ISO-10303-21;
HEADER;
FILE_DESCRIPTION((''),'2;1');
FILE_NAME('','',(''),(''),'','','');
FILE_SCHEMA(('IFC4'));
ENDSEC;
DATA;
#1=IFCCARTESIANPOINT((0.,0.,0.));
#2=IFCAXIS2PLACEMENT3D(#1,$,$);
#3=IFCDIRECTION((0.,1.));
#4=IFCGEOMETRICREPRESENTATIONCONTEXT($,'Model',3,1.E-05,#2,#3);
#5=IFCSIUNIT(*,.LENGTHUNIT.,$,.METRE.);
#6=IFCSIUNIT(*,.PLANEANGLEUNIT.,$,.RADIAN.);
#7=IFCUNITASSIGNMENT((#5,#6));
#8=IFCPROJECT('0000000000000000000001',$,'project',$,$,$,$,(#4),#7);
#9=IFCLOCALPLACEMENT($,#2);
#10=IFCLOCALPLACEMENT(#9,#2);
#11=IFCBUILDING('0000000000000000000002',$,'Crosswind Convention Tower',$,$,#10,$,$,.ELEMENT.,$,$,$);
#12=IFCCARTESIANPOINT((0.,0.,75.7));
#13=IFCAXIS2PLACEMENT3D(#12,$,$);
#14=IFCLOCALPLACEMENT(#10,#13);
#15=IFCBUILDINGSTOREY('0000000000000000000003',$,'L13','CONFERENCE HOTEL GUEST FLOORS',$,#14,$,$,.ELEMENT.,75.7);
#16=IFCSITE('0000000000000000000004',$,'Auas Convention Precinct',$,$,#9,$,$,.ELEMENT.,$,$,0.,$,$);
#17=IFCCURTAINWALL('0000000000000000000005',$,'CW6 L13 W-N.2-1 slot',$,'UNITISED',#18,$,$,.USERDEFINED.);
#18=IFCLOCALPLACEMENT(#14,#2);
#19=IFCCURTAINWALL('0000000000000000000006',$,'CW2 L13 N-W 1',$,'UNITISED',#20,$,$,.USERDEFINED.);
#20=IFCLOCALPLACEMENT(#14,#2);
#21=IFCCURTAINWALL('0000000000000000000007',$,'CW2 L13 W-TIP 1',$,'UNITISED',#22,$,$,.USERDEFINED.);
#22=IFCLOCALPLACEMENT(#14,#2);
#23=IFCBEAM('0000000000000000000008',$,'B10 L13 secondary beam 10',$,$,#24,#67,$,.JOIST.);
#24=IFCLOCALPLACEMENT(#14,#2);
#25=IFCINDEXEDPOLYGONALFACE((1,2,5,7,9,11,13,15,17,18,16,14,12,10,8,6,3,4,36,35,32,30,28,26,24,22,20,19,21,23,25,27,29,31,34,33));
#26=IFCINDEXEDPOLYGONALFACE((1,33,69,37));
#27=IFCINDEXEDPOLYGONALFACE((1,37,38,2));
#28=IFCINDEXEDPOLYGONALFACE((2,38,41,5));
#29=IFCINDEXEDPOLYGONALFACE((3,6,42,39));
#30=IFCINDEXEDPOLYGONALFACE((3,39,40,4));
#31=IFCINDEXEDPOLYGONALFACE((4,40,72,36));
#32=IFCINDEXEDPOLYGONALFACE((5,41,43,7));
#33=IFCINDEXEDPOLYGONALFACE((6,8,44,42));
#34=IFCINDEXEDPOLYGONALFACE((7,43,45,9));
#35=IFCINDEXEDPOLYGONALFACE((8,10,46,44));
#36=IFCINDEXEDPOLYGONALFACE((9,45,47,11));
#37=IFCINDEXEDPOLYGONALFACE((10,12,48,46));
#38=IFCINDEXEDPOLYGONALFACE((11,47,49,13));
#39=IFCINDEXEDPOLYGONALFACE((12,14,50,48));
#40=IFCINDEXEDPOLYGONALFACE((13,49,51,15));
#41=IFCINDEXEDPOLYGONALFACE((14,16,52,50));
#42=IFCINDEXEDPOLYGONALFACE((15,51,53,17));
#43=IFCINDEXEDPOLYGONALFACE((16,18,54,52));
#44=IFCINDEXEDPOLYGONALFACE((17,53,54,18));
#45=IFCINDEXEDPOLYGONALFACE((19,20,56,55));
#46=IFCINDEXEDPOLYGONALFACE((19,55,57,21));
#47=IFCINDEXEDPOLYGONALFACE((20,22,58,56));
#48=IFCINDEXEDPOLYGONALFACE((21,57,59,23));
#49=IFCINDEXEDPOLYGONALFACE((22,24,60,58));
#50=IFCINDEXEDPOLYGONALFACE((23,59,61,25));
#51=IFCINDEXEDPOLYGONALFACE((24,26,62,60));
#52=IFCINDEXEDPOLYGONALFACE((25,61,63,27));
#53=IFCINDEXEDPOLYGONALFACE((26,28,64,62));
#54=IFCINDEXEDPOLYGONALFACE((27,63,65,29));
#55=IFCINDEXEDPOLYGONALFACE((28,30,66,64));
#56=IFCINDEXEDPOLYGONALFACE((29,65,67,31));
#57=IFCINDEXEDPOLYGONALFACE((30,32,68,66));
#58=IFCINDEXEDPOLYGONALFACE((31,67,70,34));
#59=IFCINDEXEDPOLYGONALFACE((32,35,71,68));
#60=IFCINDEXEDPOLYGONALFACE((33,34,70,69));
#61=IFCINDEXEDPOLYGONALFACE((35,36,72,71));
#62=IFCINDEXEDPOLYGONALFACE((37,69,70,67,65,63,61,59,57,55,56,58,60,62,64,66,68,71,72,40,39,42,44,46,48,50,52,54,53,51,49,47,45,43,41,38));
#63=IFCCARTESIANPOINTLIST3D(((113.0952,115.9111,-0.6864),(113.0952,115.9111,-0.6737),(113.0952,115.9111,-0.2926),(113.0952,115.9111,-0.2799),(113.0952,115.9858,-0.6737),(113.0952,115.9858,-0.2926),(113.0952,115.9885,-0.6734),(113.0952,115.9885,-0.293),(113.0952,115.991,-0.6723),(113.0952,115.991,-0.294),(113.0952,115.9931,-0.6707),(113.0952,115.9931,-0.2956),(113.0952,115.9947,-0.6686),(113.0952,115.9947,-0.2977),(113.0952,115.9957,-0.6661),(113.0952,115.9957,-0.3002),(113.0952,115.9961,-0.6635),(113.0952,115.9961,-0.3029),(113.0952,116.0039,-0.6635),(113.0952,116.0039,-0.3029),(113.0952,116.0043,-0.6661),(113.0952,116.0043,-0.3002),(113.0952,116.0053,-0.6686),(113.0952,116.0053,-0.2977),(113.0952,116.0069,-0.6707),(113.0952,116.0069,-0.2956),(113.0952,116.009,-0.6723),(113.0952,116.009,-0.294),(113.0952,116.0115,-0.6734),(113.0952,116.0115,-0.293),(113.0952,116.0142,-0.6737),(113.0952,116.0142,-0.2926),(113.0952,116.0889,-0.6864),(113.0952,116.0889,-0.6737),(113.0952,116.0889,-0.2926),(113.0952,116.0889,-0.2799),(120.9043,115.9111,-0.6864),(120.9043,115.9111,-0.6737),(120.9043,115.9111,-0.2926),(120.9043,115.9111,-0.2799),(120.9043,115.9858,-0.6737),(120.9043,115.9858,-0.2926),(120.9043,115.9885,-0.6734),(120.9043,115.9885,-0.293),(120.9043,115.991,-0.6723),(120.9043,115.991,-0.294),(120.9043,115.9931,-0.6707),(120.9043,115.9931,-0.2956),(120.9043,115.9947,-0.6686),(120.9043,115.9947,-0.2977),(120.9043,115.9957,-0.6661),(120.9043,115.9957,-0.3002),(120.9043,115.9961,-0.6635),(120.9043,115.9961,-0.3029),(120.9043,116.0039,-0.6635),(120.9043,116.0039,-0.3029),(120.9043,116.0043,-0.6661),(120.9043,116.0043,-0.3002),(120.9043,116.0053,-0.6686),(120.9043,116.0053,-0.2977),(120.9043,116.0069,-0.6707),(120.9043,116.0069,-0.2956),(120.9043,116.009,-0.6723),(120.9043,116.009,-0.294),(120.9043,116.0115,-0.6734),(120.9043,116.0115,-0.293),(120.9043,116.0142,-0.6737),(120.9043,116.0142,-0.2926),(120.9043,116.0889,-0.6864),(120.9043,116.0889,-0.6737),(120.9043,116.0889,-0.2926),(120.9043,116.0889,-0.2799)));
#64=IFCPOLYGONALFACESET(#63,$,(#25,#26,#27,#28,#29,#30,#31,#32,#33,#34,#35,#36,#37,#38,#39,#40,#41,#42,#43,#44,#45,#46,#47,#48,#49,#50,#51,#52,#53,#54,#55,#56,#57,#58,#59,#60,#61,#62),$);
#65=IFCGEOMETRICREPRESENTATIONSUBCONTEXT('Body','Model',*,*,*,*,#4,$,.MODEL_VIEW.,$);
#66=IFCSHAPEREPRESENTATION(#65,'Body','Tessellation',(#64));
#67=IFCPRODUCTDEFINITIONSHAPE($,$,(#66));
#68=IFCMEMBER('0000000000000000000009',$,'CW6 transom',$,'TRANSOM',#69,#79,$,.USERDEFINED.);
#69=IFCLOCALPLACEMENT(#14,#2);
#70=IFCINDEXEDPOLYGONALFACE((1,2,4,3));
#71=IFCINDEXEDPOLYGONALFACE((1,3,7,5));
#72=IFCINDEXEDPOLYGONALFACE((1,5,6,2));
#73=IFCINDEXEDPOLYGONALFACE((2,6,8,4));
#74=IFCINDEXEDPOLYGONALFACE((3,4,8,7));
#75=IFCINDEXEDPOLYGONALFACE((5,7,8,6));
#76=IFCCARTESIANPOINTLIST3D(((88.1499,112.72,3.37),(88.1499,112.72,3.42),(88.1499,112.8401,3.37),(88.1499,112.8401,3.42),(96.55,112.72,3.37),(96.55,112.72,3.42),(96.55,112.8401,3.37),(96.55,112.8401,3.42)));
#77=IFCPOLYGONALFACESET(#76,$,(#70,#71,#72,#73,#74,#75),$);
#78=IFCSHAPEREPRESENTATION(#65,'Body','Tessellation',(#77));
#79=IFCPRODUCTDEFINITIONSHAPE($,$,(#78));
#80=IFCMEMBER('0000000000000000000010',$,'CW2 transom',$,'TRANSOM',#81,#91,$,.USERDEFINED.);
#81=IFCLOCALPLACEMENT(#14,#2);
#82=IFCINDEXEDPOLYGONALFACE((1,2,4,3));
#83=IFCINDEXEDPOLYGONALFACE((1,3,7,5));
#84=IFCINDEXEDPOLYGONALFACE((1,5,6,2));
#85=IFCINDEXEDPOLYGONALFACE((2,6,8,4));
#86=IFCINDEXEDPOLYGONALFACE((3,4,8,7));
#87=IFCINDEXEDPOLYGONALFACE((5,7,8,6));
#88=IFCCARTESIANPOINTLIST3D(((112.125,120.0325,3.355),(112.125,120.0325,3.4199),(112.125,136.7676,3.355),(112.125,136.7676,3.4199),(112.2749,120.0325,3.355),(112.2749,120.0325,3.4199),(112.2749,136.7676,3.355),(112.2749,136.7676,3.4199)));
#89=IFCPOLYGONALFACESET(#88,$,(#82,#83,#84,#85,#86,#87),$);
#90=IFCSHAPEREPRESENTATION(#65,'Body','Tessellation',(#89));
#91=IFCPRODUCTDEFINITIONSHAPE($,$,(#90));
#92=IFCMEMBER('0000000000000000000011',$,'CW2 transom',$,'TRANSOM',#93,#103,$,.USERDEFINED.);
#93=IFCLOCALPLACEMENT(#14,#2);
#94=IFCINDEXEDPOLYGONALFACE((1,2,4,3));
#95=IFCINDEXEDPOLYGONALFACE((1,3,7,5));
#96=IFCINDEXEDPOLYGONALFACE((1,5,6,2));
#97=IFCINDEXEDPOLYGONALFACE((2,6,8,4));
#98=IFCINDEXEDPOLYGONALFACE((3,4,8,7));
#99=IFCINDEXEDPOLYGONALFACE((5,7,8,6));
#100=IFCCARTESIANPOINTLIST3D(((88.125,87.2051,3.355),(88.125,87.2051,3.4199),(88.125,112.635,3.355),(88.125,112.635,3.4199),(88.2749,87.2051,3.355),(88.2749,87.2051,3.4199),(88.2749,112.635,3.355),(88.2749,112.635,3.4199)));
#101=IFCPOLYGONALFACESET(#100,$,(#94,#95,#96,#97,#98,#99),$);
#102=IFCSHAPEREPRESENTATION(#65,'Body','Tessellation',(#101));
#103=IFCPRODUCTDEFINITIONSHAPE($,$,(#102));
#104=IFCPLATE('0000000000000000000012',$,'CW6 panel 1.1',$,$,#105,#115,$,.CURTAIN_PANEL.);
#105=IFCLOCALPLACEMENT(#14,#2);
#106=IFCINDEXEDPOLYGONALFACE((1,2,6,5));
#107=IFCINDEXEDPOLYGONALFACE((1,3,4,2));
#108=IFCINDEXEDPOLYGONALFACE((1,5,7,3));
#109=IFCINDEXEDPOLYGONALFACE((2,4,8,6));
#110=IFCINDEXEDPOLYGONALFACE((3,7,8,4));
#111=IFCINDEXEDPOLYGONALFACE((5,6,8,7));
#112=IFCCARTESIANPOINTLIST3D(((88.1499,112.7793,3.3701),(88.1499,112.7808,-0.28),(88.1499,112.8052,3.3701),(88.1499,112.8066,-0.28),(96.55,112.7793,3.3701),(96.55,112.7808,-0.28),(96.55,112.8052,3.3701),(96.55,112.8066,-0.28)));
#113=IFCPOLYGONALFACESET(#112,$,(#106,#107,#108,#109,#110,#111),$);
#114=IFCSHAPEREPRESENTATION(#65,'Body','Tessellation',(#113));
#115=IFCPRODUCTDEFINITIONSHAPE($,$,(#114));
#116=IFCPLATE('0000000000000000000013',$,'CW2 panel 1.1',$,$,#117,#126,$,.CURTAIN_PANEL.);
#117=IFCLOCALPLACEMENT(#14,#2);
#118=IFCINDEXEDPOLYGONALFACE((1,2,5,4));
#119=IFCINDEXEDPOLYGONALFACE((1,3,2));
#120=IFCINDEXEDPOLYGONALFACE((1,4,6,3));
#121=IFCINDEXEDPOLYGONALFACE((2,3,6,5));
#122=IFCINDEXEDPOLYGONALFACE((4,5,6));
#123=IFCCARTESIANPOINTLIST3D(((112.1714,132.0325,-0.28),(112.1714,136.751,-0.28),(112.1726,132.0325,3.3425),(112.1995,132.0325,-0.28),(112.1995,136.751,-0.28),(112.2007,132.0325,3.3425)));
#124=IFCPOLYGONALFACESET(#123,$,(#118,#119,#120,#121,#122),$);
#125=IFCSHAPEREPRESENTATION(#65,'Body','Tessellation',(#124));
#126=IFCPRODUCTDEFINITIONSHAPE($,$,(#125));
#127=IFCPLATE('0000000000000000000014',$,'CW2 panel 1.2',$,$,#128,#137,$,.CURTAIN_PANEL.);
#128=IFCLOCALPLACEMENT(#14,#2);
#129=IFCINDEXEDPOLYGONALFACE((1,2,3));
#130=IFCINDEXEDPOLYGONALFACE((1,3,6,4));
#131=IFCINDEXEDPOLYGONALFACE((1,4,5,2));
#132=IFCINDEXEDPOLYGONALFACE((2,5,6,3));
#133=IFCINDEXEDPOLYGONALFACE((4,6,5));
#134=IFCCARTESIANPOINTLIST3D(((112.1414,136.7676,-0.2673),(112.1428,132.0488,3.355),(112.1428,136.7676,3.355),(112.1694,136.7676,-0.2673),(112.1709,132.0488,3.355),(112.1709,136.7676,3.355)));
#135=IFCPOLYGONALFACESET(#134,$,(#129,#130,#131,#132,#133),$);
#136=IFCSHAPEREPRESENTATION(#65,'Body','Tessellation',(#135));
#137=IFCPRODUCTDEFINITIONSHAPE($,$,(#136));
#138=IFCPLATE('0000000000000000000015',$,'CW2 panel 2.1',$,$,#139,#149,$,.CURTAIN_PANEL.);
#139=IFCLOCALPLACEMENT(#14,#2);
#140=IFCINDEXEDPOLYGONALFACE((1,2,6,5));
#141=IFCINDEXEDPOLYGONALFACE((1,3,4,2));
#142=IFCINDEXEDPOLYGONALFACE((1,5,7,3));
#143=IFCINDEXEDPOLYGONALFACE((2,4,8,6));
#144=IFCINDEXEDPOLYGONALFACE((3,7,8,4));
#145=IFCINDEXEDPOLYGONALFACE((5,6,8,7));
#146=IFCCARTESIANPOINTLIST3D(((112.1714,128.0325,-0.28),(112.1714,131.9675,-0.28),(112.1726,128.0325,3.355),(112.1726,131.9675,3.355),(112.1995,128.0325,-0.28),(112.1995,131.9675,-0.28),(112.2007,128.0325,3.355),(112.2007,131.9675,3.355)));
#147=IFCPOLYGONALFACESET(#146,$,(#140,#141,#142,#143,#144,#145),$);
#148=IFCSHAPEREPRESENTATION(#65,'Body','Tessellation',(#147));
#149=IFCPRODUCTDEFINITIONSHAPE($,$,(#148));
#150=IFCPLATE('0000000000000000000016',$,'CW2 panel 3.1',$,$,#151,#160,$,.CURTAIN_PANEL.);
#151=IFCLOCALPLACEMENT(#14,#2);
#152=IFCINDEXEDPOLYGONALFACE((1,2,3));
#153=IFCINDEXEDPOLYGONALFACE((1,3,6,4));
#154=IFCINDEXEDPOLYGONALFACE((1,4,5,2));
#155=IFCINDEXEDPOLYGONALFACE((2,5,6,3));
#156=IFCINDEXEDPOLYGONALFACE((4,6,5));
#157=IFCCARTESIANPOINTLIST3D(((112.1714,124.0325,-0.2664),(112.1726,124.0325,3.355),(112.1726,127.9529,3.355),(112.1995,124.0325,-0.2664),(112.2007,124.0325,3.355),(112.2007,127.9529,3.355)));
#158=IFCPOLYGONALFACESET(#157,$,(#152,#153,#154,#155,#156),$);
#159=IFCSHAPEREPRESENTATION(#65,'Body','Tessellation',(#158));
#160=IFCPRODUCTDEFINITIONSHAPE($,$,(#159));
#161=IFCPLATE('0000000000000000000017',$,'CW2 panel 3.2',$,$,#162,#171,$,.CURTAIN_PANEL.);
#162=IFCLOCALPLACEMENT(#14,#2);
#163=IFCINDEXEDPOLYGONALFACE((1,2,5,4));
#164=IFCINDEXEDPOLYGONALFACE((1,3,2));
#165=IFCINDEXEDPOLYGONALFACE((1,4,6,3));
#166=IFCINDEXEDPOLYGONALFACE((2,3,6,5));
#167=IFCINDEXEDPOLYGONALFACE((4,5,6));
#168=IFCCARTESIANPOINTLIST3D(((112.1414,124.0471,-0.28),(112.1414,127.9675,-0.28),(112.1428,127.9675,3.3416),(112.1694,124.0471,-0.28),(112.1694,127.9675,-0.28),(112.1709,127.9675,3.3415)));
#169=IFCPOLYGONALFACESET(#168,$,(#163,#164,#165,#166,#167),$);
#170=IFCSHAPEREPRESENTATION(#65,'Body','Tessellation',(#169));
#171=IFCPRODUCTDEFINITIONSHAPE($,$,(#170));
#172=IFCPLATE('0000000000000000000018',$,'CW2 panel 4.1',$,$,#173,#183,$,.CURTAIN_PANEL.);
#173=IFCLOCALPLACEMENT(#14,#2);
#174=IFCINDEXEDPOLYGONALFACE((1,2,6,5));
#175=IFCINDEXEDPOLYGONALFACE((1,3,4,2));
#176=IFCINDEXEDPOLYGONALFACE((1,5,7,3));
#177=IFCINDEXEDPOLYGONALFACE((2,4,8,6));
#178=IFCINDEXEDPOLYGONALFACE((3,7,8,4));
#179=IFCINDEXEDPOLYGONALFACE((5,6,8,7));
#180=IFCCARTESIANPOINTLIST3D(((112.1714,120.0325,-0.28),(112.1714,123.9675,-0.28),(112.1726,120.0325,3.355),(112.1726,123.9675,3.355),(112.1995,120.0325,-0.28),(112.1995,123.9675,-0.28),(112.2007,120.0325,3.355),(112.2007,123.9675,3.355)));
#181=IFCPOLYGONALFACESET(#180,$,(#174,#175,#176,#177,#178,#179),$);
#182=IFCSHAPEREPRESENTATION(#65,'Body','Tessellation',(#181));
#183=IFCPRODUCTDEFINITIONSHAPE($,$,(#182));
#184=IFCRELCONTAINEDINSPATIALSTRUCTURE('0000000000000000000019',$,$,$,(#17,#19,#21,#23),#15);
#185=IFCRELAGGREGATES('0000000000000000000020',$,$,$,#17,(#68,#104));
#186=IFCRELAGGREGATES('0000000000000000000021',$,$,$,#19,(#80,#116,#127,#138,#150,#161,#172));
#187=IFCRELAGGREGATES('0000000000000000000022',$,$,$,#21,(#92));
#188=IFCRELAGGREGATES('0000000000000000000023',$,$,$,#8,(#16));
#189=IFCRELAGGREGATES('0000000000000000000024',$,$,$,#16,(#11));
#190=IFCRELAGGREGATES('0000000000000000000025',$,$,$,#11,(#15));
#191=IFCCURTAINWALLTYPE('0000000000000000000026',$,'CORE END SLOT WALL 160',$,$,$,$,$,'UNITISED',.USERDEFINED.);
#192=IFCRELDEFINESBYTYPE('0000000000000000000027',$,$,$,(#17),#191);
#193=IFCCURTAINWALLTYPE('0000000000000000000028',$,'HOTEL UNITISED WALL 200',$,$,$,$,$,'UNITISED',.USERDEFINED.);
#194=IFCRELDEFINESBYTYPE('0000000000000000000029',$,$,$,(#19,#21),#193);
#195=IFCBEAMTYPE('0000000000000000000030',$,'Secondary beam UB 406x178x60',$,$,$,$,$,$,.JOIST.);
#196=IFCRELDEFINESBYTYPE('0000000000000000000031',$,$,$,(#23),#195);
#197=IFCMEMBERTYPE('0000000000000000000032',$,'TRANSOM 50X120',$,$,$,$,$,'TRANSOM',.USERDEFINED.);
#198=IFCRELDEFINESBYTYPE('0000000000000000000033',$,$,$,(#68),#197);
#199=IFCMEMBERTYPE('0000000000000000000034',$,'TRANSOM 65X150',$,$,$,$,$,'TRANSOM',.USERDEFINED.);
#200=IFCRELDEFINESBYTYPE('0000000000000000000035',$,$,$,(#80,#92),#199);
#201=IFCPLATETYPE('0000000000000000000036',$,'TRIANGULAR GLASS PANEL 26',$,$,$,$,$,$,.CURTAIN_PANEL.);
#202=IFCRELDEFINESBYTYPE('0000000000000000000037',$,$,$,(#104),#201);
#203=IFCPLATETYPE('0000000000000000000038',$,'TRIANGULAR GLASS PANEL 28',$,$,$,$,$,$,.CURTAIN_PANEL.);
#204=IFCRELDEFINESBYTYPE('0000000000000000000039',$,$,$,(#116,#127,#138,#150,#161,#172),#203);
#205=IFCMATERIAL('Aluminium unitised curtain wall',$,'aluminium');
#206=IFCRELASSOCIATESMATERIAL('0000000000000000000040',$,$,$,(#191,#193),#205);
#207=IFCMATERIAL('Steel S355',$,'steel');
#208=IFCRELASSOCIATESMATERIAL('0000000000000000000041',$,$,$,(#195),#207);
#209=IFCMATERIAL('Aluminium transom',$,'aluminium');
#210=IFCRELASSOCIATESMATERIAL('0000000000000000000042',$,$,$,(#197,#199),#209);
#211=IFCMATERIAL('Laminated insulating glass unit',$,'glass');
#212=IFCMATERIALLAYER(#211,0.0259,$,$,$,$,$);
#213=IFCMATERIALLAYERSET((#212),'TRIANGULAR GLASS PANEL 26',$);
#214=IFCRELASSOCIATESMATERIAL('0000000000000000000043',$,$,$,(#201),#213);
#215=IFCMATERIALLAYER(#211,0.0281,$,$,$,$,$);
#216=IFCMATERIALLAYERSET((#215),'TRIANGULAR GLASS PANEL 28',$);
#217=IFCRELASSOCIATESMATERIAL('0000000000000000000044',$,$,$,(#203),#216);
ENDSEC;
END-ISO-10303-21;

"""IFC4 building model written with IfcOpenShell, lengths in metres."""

from ifc_helpers import new_model, si_unit, direction, frame, origin, origin_2d, place, context, subcontext, project, spatial, polyline, rectangle, i_section, outline, extrude, material, layer, layer_set, material_profile, profile_set, type_object, element, aggregate, save


model = new_model("IFC4")

# Units and contexts
model_context = context("Model", 3, precision=1e-05, world=origin(), true_north=direction((0.0, 1.0)))
body_context = subcontext(model_context, "Body", "Model", "MODEL_VIEW")
ifc_project = project(units=[si_unit("LENGTHUNIT", "METRE"), si_unit("PLANEANGLEUNIT", "RADIAN")], contexts=[model_context])

# Site, building, storey
site_placement = place(None, origin())
site = spatial("IfcSite", under=ifc_project, at=site_placement, Name="Auas Convention Precinct", CompositionType="ELEMENT", RefElevation=0.0)
building_placement = place(site_placement, origin())
building = spatial("IfcBuilding", under=site, at=building_placement, Name="Crosswind Convention Tower", CompositionType="ELEMENT")
storey_placement = place(building_placement, frame((0.0, 0.0, 75.7)))
storey = spatial("IfcBuildingStorey", under=building, at=storey_placement, Name="L13", Description="CONFERENCE HOTEL GUEST FLOORS", CompositionType="ELEMENT", Elevation=75.7)

# Shared definitions
ifc_material_1 = material(Name="Steel S355", Category="steel")

# Curtain wall
ifc_material_2 = material(Name="Aluminium unitised curtain wall", Category="aluminium")
curtain_wall_type_1 = type_object("IfcCurtainWallType", Name="CORE END SLOT WALL 160", ElementType="UNITISED", PredefinedType="USERDEFINED", material=ifc_material_2)
curtain_wall_1_placement = place(storey_placement, origin())
curtain_wall_1 = element("IfcCurtainWall", 1, at=curtain_wall_1_placement, inside=storey, type_object=curtain_wall_type_1, Name="CW6 L13 W-N.2-1 slot", ObjectType="UNITISED", PredefinedType="USERDEFINED")

# Shared definitions
curtain_wall_type_2 = type_object("IfcCurtainWallType", Name="HOTEL UNITISED WALL 200", ElementType="UNITISED", PredefinedType="USERDEFINED", material=ifc_material_2)

# Curtain wall
curtain_wall_2_placement = place(storey_placement, origin())
curtain_wall_2 = element("IfcCurtainWall", 2, at=curtain_wall_2_placement, inside=storey, type_object=curtain_wall_type_2, Name="CW2 L13 N-W 1", ObjectType="UNITISED", PredefinedType="USERDEFINED")

# Curtain wall
curtain_wall_3_placement = place(storey_placement, origin())
curtain_wall_3 = element("IfcCurtainWall", 3, at=curtain_wall_3_placement, inside=storey, type_object=curtain_wall_type_2, Name="CW2 L13 W-TIP 1", ObjectType="UNITISED", PredefinedType="USERDEFINED")

# Beam
ifc_material_profile_1 = material_profile(ifc_material_1, i_section(OverallWidth=0.1777, OverallDepth=0.4065, WebThickness=0.0078, FlangeThickness=0.0127, FilletRadius=0.0103, at=origin_2d()), Name="UB 406x178x60")
ifc_profile_set_1 = profile_set([ifc_material_profile_1], Name="Steel S355")
beam_type_1 = type_object("IfcBeamType", Name="Secondary beam UB 406x178x60", PredefinedType="JOIST", material=ifc_profile_set_1)
beam_1_placement = place(storey_placement, frame((113.0952, 116.0, -0.4832), z_axis=(1.0, 0.0, 0.0), x_axis=(0.0, 1.0, 0.0)))
element("IfcBeam", 4, at=beam_1_placement, inside=storey, type_object=beam_type_1, Name="B10 L13 secondary beam 10", PredefinedType="JOIST", context=body_context, shape_type="SweptSolid", body=[
    extrude(i_section(OverallWidth=0.1777, OverallDepth=0.4065, WebThickness=0.0078, FlangeThickness=0.0127, FilletRadius=0.0103, at=origin_2d()), origin(), (0.0, 0.0, 1.0), 7.8091),
])

# Members
ifc_material_3 = material(Name="Aluminium transom", Category="aluminium")
ifc_material_profile_2 = material_profile(ifc_material_3, rectangle(XDim=0.1201, YDim=0.05, at=origin_2d()), Name="AL 120X50")
ifc_profile_set_2 = profile_set([ifc_material_profile_2], Name="Aluminium transom")
member_type_1 = type_object("IfcMemberType", Name="TRANSOM 50X120", ElementType="TRANSOM", PredefinedType="USERDEFINED", material=ifc_profile_set_2)
member_1_placement = place(storey_placement, frame((96.55, 112.78, 3.395), z_axis=(-1.0, 0.0, 0.0), x_axis=(0.0, -1.0, 0.0)))
member_1 = element("IfcMember", 5, at=member_1_placement, type_object=member_type_1, Name="CW6 transom", ObjectType="TRANSOM", PredefinedType="USERDEFINED", context=body_context, shape_type="SweptSolid", body=[
    extrude(rectangle(XDim=0.1201, YDim=0.05, at=origin_2d()), origin(), (0.0, 0.0, 1.0), 8.4001),
])
ifc_material_profile_3 = material_profile(ifc_material_3, rectangle(XDim=0.1499, YDim=0.0649, at=origin_2d()), Name="AL 150X65")
ifc_profile_set_3 = profile_set([ifc_material_profile_3], Name="Aluminium transom")
member_type_2 = type_object("IfcMemberType", Name="TRANSOM 65X150", ElementType="TRANSOM", PredefinedType="USERDEFINED", material=ifc_profile_set_3)
member_2_placement = place(storey_placement, frame((112.2, 136.7676, 3.3875), z_axis=(0.0, -1.0, 0.0), x_axis=(1.0, 0.0, 0.0)))
member_2 = element("IfcMember", 6, at=member_2_placement, type_object=member_type_2, Name="CW2 transom", ObjectType="TRANSOM", PredefinedType="USERDEFINED", context=body_context, shape_type="SweptSolid", body=[
    extrude(rectangle(XDim=0.1499, YDim=0.0649, at=origin_2d()), origin(), (0.0, 0.0, 1.0), 16.7351),
])
member_3_placement = place(storey_placement, frame((88.2, 112.635, 3.3875), z_axis=(0.0, -1.0, 0.0), x_axis=(1.0, 0.0, 0.0)))
member_3 = element("IfcMember", 7, at=member_3_placement, type_object=member_type_2, Name="CW2 transom", ObjectType="TRANSOM", PredefinedType="USERDEFINED", context=body_context, shape_type="SweptSolid", body=[
    extrude(rectangle(XDim=0.1499, YDim=0.0649, at=origin_2d()), origin(), (0.0, 0.0, 1.0), 25.4299),
])

# Plates
ifc_material_4 = material(Name="Laminated insulating glass unit", Category="glass")
ifc_layer_1 = layer(ifc_material_4, 0.0259)
ifc_layer_set_1 = layer_set([ifc_layer_1], Name="TRIANGULAR GLASS PANEL 26")
plate_type_1 = type_object("IfcPlateType", Name="TRIANGULAR GLASS PANEL 26", PredefinedType="CURTAIN_PANEL", material=ifc_layer_set_1)
plate_1_placement = place(storey_placement, frame((96.55, 112.8066, -0.28), z_axis=(0.0, 1.0, 0.000401), x_axis=(-1.0, 0.0, 0.0)))
plate_1 = element("IfcPlate", 8, at=plate_1_placement, type_object=plate_type_1, Name="CW6 panel 1.1", PredefinedType="CURTAIN_PANEL", context=body_context, shape_type="SweptSolid", body=[
    extrude(outline(polyline([(0.0, 0.0), (8.4001, 0.0), (8.4001, 3.6501), (0.0, 3.6501), (0.0, 0.0)])), origin(), (0.0, 0.0, -1.0), 0.0259),
])
aggregate(curtain_wall_1, [member_1, plate_1])
ifc_layer_2 = layer(ifc_material_4, 0.0281)
ifc_layer_set_2 = layer_set([ifc_layer_2], Name="TRIANGULAR GLASS PANEL 28")
plate_type_2 = type_object("IfcPlateType", Name="TRIANGULAR GLASS PANEL 28", PredefinedType="CURTAIN_PANEL", material=ifc_layer_set_2)
plate_2_placement = place(storey_placement, frame((112.1714, 132.0325, -0.28), z_axis=(-1.0, 0.0, 0.000337), x_axis=(0.000337, 0.0, 1.0)))
plate_2 = element("IfcPlate", 9, at=plate_2_placement, type_object=plate_type_2, Name="CW2 panel 1.1", PredefinedType="CURTAIN_PANEL", context=body_context, shape_type="SweptSolid", body=[
    extrude(outline(polyline([(0.0, 0.0), (3.6226, 0.0), (0.0, 4.7185), (0.0, 0.0)])), origin(), (0.0, 0.0, -1.0), 0.0281),
])
plate_3_placement = place(storey_placement, frame((112.1428, 136.7676, 3.355), z_axis=(-1.0, 0.0, 0.000404), x_axis=(-0.000404, 0.0, -1.0)))
plate_3 = element("IfcPlate", 10, at=plate_3_placement, type_object=plate_type_2, Name="CW2 panel 1.2", PredefinedType="CURTAIN_PANEL", context=body_context, shape_type="SweptSolid", body=[
    extrude(outline(polyline([(0.0, 0.0), (3.6223, 0.0), (0.0, 4.7188), (0.0, 0.0)])), origin(), (0.0, 0.0, -1.0), 0.0281),
])
plate_4_placement = place(storey_placement, frame((112.1714, 131.9675, -0.28), z_axis=(-1.0, 0.0, 0.000336), x_axis=(0.0, -1.0, 0.0)))
plate_4 = element("IfcPlate", 11, at=plate_4_placement, type_object=plate_type_2, Name="CW2 panel 2.1", PredefinedType="CURTAIN_PANEL", context=body_context, shape_type="SweptSolid", body=[
    extrude(outline(polyline([(0.0, 0.0), (3.9351, 0.0), (3.9351, 3.635), (0.0, 3.635), (0.0, 0.0)])), origin(), (0.0, 0.0, -1.0), 0.0281),
])
plate_5_placement = place(storey_placement, frame((112.1726, 124.0325, 3.355), z_axis=(-1.0, 0.0, 0.000337), x_axis=(0.0, 1.0, 0.0)))
plate_5 = element("IfcPlate", 12, at=plate_5_placement, type_object=plate_type_2, Name="CW2 panel 3.1", PredefinedType="CURTAIN_PANEL", context=body_context, shape_type="SweptSolid", body=[
    extrude(outline(polyline([(0.0, 0.0), (3.9204, 0.0), (0.0, 3.6213), (0.0, 0.0)])), origin(), (0.0, 0.0, -1.0), 0.0281),
])
plate_6_placement = place(storey_placement, frame((112.1414, 127.9675, -0.28), z_axis=(-1.0, 0.0, 0.000404), x_axis=(0.0, -1.0, 0.0)))
plate_6 = element("IfcPlate", 13, at=plate_6_placement, type_object=plate_type_2, Name="CW2 panel 3.2", PredefinedType="CURTAIN_PANEL", context=body_context, shape_type="SweptSolid", body=[
    extrude(outline(polyline([(0.0, 0.0), (3.9204, 0.0), (0.0, 3.6216), (0.0, 0.0)])), origin(), (0.0, 0.0, -1.0), 0.0281),
])
plate_7_placement = place(storey_placement, frame((112.1714, 123.9675, -0.28), z_axis=(-1.0, 0.0, 0.000336), x_axis=(0.0, -1.0, 0.0)))
plate_7 = element("IfcPlate", 14, at=plate_7_placement, type_object=plate_type_2, Name="CW2 panel 4.1", PredefinedType="CURTAIN_PANEL", context=body_context, shape_type="SweptSolid", body=[
    extrude(outline(polyline([(0.0, 0.0), (3.9351, 0.0), (3.9351, 3.635), (0.0, 3.635), (0.0, 0.0)])), origin(), (0.0, 0.0, -1.0), 0.0281),
])

aggregate(curtain_wall_2, [member_2, plate_2, plate_3, plate_4, plate_5, plate_6, plate_7])
aggregate(curtain_wall_3, [member_3])

save(model, "model.ifc")
